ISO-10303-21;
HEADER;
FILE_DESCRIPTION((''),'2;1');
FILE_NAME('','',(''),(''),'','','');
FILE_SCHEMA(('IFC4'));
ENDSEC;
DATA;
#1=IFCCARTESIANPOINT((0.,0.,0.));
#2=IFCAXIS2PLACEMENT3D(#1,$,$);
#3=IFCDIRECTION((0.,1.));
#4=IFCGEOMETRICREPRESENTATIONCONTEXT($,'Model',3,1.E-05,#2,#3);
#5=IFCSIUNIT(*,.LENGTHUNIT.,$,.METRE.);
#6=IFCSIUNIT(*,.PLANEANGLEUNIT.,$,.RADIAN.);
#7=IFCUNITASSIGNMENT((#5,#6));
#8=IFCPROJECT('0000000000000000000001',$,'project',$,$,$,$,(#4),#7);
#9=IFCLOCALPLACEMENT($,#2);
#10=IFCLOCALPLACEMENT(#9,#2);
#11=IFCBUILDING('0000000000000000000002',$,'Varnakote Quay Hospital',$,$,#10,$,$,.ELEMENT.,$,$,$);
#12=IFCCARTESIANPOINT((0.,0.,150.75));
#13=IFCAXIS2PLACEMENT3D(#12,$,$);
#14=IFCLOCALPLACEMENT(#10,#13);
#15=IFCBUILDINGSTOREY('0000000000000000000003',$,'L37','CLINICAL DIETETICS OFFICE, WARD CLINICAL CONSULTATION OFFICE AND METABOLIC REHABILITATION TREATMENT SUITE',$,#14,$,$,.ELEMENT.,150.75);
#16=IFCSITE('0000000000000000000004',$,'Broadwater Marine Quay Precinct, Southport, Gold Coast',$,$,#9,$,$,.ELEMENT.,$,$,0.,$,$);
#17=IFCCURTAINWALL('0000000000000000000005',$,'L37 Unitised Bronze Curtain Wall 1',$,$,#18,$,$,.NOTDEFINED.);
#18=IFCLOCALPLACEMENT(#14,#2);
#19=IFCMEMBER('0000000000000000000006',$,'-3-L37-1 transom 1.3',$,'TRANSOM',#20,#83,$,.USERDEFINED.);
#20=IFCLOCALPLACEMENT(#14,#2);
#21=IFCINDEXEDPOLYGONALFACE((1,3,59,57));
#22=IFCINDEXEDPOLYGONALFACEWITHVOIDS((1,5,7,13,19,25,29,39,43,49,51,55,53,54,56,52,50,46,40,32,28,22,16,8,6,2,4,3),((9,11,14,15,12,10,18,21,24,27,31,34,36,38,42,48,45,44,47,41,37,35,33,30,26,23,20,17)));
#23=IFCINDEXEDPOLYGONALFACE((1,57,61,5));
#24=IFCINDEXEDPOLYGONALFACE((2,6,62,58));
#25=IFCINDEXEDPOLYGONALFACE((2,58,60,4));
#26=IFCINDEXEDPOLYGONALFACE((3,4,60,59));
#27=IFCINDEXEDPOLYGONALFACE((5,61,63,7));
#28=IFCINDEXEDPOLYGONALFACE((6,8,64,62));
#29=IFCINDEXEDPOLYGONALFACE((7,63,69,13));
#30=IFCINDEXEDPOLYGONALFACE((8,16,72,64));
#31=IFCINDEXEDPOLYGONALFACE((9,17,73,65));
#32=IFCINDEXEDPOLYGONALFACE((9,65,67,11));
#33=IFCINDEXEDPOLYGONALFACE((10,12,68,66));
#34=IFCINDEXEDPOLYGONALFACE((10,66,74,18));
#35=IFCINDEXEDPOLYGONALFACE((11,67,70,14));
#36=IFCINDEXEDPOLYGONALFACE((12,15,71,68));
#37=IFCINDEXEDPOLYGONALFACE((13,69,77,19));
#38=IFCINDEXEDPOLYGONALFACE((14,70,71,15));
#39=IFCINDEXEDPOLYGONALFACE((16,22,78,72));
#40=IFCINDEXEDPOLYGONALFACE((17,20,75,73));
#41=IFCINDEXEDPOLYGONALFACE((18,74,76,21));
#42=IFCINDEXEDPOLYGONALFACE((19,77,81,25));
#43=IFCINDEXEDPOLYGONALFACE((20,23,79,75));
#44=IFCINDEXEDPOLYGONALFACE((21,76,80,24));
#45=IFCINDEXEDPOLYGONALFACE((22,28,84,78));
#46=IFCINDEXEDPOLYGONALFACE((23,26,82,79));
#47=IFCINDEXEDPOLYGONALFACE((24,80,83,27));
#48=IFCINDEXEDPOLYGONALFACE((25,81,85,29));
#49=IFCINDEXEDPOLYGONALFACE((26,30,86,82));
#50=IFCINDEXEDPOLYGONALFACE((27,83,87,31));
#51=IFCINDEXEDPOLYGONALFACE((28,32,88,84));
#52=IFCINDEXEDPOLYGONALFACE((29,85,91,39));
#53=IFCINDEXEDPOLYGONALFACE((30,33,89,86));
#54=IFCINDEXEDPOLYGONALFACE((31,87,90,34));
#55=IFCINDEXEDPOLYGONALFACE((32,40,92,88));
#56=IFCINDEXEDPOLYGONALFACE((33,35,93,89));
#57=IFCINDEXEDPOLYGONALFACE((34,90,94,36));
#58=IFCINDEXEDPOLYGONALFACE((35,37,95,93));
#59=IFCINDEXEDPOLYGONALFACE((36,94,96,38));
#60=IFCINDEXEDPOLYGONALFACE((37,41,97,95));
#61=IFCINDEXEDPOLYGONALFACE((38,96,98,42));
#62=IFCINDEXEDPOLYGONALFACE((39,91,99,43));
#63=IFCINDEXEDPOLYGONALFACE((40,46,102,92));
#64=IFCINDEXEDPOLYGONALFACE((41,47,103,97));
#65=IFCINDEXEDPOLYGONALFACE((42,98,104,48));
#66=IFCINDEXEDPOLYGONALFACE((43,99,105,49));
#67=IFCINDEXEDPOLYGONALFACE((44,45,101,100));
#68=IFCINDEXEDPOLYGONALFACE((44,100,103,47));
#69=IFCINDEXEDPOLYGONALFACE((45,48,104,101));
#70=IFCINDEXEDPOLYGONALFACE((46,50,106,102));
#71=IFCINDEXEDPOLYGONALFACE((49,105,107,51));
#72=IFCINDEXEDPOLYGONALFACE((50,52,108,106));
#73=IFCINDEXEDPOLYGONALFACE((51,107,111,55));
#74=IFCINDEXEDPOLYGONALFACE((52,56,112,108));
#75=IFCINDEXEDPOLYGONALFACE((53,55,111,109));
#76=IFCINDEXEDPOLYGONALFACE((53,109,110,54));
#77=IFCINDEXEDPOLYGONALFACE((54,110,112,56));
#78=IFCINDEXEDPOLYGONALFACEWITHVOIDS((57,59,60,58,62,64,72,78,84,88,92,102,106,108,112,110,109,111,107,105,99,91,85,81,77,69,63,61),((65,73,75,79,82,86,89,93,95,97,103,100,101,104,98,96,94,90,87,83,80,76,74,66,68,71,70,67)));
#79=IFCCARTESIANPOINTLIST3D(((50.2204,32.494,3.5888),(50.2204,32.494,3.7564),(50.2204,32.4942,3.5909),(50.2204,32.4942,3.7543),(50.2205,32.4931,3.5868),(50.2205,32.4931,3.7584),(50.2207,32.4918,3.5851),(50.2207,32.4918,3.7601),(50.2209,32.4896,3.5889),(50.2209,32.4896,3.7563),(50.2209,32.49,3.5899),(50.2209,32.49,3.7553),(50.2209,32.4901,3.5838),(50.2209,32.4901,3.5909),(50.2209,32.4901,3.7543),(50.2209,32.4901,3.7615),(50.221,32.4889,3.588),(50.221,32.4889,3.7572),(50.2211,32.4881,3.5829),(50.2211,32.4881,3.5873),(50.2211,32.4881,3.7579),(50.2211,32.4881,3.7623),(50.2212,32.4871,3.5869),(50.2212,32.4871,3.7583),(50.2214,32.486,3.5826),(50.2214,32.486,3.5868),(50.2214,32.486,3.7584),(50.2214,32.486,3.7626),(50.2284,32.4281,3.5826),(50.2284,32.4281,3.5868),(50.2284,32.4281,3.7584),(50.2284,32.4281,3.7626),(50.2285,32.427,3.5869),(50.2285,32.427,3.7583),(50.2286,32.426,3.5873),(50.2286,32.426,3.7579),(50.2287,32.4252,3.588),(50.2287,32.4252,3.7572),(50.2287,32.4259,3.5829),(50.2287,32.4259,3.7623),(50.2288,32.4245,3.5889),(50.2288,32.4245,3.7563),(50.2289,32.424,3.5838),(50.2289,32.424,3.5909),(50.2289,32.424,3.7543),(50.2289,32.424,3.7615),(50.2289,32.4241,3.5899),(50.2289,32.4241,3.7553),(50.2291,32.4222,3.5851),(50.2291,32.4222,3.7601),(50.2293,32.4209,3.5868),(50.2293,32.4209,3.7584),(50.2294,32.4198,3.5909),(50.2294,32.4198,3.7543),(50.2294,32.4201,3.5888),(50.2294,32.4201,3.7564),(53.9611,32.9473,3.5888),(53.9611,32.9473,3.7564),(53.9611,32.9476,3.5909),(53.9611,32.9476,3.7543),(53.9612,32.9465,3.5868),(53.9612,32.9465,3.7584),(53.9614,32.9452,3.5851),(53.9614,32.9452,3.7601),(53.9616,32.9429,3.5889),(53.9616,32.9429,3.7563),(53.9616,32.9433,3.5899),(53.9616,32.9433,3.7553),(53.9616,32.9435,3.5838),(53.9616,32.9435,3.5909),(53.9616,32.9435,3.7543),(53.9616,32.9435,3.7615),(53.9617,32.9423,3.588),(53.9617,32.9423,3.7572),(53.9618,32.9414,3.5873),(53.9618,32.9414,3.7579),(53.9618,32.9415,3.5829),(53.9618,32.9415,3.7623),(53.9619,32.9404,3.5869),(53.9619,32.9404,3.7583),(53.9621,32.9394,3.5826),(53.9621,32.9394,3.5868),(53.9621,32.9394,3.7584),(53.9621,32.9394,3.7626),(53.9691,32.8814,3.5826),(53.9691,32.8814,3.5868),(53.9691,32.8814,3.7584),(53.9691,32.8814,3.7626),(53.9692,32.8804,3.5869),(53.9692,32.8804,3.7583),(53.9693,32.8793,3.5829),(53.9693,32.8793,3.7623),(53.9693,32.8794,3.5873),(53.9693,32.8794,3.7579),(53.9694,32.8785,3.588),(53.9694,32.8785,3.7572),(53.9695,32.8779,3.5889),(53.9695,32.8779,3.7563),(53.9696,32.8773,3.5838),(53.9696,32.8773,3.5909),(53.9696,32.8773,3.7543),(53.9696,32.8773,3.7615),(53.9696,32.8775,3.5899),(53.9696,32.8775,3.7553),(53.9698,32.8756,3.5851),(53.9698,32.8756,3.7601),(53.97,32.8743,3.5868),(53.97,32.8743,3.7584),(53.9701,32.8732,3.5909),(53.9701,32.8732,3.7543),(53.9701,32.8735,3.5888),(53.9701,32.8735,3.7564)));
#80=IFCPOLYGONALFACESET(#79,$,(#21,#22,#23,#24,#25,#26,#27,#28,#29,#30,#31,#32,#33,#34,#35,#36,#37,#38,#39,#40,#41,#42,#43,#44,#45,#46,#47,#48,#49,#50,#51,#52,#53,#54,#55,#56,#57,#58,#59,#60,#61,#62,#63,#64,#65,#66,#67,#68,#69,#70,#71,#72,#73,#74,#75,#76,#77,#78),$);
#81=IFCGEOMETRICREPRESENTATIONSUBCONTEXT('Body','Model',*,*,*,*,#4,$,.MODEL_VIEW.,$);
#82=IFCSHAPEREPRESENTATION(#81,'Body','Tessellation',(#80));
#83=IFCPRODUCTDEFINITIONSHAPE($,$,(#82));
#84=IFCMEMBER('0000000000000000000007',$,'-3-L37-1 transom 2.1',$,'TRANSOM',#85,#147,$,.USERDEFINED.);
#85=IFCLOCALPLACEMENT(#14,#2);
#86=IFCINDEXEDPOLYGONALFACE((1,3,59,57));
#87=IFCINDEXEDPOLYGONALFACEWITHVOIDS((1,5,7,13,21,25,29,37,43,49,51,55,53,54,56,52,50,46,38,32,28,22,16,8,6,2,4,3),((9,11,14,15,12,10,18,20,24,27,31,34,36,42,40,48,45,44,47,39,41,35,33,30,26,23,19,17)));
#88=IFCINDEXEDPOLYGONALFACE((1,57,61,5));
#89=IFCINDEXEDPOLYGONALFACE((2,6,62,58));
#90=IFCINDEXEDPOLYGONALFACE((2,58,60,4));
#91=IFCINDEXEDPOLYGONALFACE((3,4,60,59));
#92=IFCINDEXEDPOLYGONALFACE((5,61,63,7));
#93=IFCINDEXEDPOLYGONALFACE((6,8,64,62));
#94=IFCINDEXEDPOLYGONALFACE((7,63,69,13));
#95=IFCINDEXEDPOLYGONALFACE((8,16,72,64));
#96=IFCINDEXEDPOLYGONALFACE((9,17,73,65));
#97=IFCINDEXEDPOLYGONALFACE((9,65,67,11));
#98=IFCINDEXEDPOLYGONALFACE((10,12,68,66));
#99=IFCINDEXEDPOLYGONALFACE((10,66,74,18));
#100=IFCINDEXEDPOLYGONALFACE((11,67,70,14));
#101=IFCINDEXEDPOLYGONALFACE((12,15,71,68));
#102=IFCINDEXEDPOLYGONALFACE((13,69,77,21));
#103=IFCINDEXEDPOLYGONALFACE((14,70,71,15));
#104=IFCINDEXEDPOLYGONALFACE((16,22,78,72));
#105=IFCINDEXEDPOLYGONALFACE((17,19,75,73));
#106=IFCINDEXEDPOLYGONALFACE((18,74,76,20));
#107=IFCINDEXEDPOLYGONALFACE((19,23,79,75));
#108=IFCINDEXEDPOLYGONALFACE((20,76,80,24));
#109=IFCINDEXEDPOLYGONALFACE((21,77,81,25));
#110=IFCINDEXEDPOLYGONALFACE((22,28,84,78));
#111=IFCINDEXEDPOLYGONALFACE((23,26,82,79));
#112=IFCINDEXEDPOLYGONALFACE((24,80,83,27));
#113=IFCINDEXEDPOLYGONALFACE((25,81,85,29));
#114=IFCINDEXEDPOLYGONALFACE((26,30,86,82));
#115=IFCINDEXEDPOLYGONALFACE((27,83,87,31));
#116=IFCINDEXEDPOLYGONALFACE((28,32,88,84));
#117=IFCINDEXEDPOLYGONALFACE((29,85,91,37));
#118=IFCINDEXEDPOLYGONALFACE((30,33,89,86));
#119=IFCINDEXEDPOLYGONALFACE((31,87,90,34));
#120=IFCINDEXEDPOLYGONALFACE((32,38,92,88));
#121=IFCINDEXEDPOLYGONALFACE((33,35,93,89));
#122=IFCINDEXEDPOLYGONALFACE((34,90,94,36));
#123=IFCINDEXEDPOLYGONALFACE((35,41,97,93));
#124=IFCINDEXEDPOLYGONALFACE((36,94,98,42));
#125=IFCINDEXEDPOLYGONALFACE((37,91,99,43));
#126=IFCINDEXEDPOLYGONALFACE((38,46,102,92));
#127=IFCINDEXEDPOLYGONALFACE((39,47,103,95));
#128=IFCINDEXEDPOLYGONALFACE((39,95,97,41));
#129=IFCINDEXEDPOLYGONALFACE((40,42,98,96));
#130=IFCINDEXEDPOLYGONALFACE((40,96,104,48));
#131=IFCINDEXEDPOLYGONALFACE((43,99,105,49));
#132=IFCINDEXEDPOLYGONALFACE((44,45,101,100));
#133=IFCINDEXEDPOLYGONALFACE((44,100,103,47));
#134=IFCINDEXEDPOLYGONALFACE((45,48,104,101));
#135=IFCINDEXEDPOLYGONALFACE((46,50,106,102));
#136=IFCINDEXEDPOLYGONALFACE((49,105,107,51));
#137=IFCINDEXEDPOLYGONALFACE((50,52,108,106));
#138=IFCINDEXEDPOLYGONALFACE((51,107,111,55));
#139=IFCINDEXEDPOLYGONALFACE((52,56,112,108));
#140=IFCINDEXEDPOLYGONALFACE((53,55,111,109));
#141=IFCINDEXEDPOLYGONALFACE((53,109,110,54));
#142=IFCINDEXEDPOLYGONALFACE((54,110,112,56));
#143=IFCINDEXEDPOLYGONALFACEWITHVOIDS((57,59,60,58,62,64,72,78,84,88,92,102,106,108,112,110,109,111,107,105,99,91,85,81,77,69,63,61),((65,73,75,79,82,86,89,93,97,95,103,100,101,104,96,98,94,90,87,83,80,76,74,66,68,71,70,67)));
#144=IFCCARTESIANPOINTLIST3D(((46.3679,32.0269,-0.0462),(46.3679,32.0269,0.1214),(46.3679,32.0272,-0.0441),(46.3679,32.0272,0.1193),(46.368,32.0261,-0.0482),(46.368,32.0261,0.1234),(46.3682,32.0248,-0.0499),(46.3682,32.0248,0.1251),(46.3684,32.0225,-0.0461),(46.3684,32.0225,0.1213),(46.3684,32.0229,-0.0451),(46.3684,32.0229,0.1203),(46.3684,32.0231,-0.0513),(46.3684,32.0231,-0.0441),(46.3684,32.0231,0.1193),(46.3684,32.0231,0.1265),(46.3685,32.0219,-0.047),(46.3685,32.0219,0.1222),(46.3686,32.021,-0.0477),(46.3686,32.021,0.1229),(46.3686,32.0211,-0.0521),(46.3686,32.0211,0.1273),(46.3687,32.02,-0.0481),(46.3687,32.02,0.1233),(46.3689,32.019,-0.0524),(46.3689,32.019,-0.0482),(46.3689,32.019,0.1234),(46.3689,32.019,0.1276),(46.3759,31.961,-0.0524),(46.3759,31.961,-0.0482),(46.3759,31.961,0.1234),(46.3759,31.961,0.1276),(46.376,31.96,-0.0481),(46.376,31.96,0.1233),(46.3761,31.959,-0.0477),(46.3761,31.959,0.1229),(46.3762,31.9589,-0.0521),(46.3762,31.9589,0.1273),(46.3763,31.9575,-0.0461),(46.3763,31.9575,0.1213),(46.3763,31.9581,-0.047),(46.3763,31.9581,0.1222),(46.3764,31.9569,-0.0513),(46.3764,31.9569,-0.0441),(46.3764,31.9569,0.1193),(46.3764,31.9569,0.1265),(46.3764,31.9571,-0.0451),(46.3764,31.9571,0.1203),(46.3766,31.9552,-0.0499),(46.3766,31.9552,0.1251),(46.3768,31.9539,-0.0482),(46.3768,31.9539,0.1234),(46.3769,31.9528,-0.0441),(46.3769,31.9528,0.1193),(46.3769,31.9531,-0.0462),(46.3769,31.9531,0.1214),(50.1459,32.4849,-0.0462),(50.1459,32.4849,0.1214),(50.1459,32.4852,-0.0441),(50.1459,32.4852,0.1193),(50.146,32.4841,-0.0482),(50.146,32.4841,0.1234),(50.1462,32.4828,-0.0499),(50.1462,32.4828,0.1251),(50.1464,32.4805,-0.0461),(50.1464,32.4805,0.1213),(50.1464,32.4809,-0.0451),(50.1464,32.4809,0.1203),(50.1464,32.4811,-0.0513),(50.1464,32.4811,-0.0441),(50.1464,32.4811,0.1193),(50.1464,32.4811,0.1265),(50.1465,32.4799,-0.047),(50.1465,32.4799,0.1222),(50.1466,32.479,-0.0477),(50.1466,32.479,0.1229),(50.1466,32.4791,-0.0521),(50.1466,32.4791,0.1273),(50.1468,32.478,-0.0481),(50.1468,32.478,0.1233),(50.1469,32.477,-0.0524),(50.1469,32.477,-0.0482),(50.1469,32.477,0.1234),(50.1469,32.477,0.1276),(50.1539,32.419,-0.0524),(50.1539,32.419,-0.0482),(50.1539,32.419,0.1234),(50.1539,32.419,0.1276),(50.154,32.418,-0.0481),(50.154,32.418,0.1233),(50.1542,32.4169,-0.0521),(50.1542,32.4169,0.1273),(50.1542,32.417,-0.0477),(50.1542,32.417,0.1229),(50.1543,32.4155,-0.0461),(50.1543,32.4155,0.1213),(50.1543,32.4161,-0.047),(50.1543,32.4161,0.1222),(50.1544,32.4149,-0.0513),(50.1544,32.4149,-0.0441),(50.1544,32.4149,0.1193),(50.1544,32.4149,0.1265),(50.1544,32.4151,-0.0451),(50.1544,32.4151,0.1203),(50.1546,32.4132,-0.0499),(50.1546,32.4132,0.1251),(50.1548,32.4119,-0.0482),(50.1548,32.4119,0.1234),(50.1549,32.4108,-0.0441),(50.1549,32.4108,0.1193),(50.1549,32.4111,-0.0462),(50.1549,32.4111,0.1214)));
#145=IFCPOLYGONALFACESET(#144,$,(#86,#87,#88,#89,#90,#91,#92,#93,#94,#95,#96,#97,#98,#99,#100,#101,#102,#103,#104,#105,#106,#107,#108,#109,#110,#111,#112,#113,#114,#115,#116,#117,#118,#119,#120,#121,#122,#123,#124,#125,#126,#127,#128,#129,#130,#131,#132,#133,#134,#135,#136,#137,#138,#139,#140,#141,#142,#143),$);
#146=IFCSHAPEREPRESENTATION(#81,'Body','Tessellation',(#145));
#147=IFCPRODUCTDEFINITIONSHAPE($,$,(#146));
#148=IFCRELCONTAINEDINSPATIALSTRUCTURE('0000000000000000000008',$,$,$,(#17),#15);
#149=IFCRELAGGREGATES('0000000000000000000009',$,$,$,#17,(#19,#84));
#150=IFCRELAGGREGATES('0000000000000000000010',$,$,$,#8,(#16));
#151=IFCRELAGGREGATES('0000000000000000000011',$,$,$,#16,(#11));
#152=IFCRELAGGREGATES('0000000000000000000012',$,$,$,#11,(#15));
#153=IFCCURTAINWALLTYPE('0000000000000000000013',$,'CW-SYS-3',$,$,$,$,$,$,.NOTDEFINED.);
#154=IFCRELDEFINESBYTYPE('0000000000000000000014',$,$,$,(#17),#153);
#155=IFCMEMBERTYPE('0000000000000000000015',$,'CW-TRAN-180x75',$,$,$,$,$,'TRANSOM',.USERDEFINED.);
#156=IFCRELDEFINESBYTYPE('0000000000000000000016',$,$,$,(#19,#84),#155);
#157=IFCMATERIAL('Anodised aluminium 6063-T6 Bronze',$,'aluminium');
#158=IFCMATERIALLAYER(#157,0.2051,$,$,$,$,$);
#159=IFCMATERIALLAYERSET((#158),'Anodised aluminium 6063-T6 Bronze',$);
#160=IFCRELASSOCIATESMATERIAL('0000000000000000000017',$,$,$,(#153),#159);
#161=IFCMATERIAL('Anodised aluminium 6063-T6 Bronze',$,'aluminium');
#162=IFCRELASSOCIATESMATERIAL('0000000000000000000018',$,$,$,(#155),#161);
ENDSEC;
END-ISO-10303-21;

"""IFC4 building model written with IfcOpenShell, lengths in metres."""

from ifc_helpers import new_model, si_unit, direction, frame, origin, origin_2d, place, context, subcontext, project, spatial, hollow_rectangle, extrude, material, layer, layer_set, material_profile, profile_set, type_object, element, aggregate, save


model = new_model("IFC4")

# Units and contexts
model_context = context("Model", 3, precision=1e-05, world=origin(), true_north=direction((0.0, 1.0)))
body_context = subcontext(model_context, "Body", "Model", "MODEL_VIEW")
ifc_project = project(units=[si_unit("LENGTHUNIT", "METRE"), si_unit("PLANEANGLEUNIT", "RADIAN")], contexts=[model_context])

# Site, building, storey
site_placement = place(None, origin())
site = spatial("IfcSite", under=ifc_project, at=site_placement, Name="Broadwater Marine Quay Precinct, Southport, Gold Coast", CompositionType="ELEMENT", RefElevation=0.0)
building_placement = place(site_placement, origin())
building = spatial("IfcBuilding", under=site, at=building_placement, Name="Varnakote Quay Hospital", CompositionType="ELEMENT")
storey_placement = place(building_placement, frame((0.0, 0.0, 150.75)))
storey = spatial("IfcBuildingStorey", under=building, at=storey_placement, Name="L37", Description="CLINICAL DIETETICS OFFICE, WARD CLINICAL CONSULTATION OFFICE AND METABOLIC REHABILITATION TREATMENT SUITE", CompositionType="ELEMENT", Elevation=150.75)

# Curtain wall, members
ifc_material_1 = material(Name="Anodised aluminium 6063-T6 Bronze", Category="aluminium")
ifc_layer_1 = layer(ifc_material_1, 0.2051)
ifc_layer_set_1 = layer_set([ifc_layer_1], Name="Anodised aluminium 6063-T6 Bronze")
curtain_wall_type = type_object("IfcCurtainWallType", Name="CW-SYS-3", PredefinedType="NOTDEFINED", material=ifc_layer_set_1)
curtain_wall_placement = place(storey_placement, origin())
curtain_wall = element("IfcCurtainWall", 1, at=curtain_wall_placement, inside=storey, type_object=curtain_wall_type, Name="L37 Unitised Bronze Curtain Wall 1", PredefinedType="NOTDEFINED")
ifc_material_2 = material(Name="Anodised aluminium 6063-T6 Bronze", Category="aluminium")
ifc_material_profile_1 = material_profile(ifc_material_2, hollow_rectangle(XDim=0.075, YDim=0.1799, WallThickness=0.0042, InnerFilletRadius=0.0042, OuterFilletRadius=0.0083, at=origin_2d()), Name="CW-TRAN-180x75")
ifc_profile_set_1 = profile_set([ifc_material_profile_1], Name="Anodised aluminium 6063-T6 Bronze")
member_type_1 = type_object("IfcMemberType", Name="CW-TRAN-180x75", ElementType="TRANSOM", PredefinedType="USERDEFINED", material=ifc_profile_set_1)
member_1_placement = place(storey_placement, frame((53.9656, 32.9104, 3.6726), z_axis=(-0.992735, -0.120318, 0.0), x_axis=(0.120318, -0.992735, 0.0)))
member_1 = element("IfcMember", 2, at=member_1_placement, type_object=member_type_1, Name="-3-L37-1 transom 1.3", ObjectType="TRANSOM", PredefinedType="USERDEFINED", context=body_context, shape_type="SweptSolid", body=[
    extrude(hollow_rectangle(XDim=0.075, YDim=0.1799, WallThickness=0.0042, InnerFilletRadius=0.0042, OuterFilletRadius=0.0083, at=origin_2d()), origin(), (0.0, 0.0, 1.0), 3.7681),
])
member_2_placement = place(storey_placement, frame((50.1504, 32.448, 0.0376), z_axis=(-0.992732, -0.120347, 0.0), x_axis=(0.120347, -0.992732, 0.0)))
member_2 = element("IfcMember", 3, at=member_2_placement, type_object=member_type_1, Name="-3-L37-1 transom 2.1", ObjectType="TRANSOM", PredefinedType="USERDEFINED", context=body_context, shape_type="SweptSolid", body=[
    extrude(hollow_rectangle(XDim=0.075, YDim=0.1799, WallThickness=0.0042, InnerFilletRadius=0.0042, OuterFilletRadius=0.0083, at=origin_2d()), origin(), (0.0, 0.0, 1.0), 3.8057),
])
aggregate(curtain_wall, [member_1, member_2])

save(model, "model.ifc")
